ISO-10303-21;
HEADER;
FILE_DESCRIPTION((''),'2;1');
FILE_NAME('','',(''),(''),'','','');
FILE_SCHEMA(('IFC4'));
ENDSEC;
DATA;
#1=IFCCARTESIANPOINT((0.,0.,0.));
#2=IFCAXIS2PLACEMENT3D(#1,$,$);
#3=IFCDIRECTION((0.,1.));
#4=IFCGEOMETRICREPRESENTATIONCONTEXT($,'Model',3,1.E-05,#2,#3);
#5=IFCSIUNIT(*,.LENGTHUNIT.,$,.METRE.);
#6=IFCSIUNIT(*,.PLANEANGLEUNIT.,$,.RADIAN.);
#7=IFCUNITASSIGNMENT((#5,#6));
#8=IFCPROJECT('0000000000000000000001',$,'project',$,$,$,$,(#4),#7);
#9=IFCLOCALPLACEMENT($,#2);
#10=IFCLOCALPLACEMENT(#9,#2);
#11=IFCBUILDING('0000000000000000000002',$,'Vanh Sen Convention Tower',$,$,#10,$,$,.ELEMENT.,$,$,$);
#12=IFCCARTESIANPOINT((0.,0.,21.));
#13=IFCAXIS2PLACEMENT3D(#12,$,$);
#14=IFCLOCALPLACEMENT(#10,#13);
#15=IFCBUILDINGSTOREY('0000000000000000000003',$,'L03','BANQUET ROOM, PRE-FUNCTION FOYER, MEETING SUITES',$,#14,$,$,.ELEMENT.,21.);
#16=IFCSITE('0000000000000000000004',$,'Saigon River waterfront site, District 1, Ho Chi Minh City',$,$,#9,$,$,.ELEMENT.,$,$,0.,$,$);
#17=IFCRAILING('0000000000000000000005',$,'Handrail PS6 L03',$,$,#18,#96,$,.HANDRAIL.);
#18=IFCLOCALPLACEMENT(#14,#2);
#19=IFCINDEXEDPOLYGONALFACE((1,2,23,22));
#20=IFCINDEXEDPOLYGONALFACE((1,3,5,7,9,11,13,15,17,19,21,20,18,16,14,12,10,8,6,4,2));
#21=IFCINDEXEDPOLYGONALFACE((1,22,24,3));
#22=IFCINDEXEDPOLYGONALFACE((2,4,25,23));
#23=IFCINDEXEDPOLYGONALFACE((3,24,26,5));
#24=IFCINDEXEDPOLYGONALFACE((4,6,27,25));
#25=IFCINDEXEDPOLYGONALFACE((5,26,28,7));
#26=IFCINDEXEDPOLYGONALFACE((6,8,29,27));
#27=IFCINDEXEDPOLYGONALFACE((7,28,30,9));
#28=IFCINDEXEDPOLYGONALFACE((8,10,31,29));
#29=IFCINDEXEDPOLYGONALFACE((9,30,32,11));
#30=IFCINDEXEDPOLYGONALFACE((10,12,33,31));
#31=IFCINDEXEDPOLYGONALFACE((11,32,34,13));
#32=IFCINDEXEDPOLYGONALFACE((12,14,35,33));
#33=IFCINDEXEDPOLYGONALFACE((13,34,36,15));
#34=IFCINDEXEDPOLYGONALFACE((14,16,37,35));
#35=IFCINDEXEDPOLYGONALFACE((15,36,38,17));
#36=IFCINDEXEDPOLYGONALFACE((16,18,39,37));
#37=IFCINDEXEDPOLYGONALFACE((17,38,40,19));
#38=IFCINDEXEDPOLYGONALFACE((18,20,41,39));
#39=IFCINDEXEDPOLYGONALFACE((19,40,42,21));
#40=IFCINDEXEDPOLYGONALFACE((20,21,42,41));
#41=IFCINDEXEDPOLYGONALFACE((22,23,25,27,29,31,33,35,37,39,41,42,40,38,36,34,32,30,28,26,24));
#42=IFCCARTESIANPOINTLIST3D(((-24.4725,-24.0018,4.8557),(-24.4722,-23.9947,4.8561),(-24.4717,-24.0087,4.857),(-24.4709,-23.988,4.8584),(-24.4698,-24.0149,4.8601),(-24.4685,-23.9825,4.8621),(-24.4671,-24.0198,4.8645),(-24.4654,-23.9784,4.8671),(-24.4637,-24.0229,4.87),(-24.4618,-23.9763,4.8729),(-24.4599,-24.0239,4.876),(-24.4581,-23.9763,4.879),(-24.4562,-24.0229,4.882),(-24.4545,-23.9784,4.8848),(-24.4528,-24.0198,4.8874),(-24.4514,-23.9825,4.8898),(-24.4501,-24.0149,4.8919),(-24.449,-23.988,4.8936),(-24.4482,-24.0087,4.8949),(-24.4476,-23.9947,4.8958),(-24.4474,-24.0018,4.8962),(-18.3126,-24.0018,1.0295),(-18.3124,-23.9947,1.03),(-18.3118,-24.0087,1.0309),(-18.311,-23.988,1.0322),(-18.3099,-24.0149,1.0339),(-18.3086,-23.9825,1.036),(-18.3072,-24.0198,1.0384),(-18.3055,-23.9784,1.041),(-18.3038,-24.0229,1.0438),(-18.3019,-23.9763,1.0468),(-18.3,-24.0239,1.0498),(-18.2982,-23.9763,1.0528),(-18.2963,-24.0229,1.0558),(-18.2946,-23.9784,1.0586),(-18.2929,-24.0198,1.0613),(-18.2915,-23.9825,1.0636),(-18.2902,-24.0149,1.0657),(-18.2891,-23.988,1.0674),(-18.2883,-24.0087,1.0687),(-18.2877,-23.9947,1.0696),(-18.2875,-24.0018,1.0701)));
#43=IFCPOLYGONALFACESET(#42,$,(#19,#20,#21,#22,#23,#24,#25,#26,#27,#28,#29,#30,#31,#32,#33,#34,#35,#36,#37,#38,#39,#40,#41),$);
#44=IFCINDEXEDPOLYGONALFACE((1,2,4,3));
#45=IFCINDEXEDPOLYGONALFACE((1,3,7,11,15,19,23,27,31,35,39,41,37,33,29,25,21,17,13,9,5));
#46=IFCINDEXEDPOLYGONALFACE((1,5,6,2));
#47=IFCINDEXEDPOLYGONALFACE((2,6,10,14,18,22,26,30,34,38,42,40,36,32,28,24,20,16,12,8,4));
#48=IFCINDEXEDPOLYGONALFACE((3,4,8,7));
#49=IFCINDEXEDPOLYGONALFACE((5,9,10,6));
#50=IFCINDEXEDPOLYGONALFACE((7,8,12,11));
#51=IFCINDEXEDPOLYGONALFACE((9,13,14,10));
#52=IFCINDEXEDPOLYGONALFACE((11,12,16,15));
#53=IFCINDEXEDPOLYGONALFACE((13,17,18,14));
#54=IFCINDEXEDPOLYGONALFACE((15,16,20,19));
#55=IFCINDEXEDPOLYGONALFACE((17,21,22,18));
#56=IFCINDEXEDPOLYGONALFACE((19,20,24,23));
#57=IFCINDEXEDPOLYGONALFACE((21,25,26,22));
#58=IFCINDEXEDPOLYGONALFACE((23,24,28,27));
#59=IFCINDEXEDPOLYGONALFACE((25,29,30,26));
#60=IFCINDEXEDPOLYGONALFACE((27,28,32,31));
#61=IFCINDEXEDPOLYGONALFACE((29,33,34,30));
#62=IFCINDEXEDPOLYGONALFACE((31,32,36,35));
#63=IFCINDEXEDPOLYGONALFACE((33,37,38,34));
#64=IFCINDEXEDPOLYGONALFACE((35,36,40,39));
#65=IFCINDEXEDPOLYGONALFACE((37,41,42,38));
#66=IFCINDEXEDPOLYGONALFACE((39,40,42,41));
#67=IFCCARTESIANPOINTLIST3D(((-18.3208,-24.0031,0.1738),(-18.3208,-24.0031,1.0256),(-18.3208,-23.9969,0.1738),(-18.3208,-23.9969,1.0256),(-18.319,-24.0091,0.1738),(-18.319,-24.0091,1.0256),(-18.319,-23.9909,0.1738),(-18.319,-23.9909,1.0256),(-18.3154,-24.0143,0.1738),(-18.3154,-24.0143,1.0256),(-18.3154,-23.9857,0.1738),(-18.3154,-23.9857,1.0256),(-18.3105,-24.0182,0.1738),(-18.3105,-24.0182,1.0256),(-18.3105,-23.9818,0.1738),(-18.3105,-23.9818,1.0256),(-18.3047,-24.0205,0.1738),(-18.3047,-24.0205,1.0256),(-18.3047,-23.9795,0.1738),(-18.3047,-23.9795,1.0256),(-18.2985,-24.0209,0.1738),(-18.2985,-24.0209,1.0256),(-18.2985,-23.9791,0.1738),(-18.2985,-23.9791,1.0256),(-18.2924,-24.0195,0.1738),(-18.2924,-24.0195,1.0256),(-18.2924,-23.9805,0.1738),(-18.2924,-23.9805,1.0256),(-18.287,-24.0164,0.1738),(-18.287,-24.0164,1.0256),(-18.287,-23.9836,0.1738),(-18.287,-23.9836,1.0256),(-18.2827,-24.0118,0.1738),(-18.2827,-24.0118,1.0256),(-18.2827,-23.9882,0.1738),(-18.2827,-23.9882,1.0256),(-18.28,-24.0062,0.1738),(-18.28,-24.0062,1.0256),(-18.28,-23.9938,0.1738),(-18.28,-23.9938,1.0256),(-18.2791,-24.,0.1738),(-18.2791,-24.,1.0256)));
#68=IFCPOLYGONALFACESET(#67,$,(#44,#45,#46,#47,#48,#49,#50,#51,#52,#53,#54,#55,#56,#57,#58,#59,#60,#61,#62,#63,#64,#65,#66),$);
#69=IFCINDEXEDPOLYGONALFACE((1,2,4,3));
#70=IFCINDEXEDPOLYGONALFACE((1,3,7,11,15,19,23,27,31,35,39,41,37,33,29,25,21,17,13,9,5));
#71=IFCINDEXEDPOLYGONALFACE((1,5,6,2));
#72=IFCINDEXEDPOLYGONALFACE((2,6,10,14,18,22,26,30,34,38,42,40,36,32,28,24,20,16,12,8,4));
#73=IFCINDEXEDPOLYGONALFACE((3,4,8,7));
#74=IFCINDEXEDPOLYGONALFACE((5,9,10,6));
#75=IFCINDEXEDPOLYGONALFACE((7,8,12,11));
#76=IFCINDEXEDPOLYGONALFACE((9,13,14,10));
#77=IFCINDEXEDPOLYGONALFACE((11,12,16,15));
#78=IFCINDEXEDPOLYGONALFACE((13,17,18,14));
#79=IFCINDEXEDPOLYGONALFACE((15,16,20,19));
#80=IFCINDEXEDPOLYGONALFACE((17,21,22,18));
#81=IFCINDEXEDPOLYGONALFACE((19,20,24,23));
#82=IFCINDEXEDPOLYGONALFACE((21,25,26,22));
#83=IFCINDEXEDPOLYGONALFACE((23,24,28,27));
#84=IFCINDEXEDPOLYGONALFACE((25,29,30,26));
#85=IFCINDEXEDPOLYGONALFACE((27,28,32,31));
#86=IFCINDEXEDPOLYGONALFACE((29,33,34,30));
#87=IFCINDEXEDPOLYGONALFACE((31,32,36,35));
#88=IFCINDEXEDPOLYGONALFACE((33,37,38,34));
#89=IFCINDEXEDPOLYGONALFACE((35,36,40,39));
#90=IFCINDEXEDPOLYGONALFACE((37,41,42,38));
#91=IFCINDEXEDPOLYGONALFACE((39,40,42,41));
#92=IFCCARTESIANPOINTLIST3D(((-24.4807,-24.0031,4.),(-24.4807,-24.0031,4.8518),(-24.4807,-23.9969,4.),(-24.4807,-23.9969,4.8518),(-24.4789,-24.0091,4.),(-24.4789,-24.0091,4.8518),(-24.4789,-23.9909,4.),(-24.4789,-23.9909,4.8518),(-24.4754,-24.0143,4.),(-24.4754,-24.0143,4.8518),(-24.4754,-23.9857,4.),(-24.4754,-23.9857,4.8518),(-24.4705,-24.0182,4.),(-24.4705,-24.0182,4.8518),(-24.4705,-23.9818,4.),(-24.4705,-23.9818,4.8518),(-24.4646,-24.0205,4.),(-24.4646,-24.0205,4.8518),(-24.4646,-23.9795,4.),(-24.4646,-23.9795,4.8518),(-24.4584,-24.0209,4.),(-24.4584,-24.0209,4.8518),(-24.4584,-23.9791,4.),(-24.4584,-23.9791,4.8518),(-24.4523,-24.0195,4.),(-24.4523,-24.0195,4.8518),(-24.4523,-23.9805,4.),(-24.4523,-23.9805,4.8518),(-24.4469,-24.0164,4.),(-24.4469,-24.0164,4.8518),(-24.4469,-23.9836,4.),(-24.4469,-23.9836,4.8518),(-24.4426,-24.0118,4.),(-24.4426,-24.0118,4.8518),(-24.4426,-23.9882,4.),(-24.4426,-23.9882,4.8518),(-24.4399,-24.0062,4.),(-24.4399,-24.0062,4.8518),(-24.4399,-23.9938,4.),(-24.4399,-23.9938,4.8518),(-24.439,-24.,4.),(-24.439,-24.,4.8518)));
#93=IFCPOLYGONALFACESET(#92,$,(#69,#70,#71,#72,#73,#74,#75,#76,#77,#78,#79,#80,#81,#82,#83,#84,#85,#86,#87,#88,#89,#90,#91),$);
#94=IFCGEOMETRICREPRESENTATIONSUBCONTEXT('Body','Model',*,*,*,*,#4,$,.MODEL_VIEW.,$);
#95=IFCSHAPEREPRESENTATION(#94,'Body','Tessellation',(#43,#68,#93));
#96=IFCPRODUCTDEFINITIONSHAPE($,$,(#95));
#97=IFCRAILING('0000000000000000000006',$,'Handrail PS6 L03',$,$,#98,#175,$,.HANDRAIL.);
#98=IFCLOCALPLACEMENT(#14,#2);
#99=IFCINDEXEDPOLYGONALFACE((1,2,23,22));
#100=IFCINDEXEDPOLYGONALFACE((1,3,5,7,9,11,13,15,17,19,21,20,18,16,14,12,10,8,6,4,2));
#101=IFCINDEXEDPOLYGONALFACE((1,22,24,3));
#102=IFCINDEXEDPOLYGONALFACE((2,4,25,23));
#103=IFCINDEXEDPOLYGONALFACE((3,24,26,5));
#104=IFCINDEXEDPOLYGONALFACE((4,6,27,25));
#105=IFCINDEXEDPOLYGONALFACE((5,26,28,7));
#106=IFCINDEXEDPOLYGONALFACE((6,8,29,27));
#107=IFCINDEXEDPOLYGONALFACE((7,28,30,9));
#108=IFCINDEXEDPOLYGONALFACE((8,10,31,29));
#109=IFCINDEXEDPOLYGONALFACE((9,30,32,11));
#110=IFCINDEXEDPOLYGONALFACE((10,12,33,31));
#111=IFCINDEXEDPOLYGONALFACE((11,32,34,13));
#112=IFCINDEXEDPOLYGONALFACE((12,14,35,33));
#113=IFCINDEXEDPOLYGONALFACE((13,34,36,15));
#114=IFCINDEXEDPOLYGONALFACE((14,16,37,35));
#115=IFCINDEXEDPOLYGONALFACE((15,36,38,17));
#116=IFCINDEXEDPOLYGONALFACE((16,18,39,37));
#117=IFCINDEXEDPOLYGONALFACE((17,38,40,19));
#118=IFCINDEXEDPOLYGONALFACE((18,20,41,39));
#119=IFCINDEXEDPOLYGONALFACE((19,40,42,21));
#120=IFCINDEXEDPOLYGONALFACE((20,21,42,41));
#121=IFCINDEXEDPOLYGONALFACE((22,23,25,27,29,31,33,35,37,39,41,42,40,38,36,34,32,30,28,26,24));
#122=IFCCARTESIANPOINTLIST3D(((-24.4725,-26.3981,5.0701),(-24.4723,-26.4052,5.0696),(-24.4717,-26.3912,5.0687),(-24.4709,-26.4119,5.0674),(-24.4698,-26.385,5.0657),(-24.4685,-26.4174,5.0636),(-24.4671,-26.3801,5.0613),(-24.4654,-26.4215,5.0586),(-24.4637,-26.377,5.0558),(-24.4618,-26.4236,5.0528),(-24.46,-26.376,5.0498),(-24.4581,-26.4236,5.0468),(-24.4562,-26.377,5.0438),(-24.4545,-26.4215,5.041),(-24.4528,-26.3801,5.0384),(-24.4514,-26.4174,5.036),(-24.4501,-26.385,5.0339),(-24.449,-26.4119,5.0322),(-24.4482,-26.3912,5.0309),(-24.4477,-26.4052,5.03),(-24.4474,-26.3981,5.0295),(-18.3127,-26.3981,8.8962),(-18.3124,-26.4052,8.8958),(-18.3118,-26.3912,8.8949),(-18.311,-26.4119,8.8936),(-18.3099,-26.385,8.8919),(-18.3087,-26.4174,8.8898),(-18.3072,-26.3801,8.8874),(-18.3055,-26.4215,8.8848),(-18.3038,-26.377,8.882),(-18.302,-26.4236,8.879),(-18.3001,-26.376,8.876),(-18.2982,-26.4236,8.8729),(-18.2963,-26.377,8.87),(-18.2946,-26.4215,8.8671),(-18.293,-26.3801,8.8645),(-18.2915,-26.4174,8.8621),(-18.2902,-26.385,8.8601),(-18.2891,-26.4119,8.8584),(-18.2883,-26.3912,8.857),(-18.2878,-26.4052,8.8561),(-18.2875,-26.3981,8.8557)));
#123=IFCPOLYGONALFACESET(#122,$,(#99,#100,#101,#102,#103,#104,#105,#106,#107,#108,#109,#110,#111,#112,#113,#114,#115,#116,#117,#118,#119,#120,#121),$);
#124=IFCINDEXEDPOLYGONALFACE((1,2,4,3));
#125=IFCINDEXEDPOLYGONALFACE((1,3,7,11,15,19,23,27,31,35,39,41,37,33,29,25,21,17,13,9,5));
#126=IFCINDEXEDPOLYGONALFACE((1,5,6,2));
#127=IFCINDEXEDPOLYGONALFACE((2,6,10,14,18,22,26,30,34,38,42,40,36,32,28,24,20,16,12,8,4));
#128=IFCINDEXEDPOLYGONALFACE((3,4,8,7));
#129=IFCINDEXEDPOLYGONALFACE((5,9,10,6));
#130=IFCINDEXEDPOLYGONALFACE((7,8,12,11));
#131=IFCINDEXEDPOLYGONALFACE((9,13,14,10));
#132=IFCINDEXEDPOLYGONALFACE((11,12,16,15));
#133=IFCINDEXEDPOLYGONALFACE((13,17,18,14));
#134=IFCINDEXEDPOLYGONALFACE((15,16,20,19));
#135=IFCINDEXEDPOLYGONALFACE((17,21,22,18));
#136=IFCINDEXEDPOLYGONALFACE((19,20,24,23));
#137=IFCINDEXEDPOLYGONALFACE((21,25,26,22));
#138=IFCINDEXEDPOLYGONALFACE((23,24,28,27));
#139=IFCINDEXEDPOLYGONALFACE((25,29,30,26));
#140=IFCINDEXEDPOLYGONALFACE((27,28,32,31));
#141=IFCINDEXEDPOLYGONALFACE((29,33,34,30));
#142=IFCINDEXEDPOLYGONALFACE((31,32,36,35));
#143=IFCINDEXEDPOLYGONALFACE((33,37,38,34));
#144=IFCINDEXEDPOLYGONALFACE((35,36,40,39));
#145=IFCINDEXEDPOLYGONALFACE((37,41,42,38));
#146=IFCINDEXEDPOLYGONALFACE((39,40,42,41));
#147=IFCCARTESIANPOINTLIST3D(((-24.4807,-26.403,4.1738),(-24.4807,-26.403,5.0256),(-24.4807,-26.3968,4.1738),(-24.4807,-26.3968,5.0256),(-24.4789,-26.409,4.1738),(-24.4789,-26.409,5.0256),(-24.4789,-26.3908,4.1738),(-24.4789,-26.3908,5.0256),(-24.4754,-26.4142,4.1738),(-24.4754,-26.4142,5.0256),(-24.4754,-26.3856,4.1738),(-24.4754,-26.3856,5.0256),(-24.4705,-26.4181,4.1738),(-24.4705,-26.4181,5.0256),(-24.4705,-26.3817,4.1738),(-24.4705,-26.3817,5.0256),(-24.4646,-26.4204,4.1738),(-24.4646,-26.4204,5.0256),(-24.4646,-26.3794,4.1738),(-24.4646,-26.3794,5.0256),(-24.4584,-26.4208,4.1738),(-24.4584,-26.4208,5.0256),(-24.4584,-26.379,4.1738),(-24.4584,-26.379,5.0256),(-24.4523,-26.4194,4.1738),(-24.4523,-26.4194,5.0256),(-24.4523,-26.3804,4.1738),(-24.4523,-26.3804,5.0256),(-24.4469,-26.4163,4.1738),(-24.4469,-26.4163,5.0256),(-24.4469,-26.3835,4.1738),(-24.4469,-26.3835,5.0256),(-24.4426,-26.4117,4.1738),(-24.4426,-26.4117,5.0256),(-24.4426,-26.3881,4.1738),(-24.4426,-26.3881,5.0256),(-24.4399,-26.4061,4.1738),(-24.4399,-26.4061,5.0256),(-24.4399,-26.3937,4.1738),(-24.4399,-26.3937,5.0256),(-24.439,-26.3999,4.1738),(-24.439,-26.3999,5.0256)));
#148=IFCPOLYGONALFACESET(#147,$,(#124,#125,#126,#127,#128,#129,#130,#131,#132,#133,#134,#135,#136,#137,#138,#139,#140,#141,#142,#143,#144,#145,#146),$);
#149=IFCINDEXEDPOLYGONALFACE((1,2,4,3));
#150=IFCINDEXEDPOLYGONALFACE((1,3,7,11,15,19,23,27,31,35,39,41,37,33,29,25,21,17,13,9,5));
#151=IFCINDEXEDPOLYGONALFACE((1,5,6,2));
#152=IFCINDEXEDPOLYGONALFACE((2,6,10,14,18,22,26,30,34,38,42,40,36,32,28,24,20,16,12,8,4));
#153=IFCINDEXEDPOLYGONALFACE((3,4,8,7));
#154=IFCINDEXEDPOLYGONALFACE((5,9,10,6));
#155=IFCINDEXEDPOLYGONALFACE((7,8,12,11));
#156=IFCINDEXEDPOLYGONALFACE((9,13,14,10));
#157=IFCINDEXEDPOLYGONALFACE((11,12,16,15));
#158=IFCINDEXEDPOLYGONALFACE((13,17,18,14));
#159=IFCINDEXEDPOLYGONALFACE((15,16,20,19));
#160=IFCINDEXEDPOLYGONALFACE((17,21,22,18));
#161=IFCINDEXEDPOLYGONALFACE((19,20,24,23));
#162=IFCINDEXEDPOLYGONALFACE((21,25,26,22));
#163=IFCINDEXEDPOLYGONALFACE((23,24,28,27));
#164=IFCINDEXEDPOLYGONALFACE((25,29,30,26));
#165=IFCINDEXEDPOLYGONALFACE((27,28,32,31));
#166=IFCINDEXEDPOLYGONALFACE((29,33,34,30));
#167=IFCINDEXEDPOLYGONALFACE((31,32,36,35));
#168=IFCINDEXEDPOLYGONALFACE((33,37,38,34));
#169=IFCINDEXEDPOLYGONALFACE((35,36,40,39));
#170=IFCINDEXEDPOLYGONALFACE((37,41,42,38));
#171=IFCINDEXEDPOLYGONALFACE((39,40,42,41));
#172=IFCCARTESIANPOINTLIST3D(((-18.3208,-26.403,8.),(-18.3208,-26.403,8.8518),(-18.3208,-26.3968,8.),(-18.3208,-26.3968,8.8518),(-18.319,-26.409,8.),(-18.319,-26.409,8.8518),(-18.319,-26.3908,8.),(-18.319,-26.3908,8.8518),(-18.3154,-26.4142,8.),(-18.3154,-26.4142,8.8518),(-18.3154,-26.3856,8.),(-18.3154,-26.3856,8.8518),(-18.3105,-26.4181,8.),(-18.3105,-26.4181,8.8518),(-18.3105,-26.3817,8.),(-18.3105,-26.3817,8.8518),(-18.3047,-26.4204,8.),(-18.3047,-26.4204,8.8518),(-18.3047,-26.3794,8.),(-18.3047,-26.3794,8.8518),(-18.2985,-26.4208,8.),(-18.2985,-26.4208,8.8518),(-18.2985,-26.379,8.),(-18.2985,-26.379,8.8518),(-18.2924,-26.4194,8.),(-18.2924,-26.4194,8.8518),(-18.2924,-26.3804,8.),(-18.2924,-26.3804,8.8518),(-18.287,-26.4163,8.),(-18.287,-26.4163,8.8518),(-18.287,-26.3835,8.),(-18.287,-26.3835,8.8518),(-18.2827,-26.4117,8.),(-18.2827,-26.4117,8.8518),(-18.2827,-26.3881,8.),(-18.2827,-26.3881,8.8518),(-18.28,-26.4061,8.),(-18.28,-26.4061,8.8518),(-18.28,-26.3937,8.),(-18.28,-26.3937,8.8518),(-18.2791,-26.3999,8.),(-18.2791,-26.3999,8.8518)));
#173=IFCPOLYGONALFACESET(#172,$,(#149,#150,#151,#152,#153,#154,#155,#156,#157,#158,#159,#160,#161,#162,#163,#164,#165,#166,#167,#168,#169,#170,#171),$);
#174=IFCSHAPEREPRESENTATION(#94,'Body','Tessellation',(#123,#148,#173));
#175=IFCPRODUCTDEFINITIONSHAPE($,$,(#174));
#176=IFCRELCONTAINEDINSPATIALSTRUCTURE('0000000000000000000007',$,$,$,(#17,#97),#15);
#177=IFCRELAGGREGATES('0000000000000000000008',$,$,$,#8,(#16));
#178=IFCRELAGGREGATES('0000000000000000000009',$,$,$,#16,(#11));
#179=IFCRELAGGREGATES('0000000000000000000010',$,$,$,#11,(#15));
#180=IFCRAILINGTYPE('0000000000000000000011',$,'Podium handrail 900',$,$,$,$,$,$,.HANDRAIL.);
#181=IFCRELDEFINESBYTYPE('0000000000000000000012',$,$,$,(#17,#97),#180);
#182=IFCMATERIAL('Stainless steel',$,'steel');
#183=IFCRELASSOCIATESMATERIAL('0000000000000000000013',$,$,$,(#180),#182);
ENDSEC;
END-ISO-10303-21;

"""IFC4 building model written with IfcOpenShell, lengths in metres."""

from ifc_helpers import new_model, si_unit, direction, frame, origin, origin_2d, place, context, subcontext, project, spatial, circle, extrude, material, type_object, element, save


model = new_model("IFC4")

# Units and contexts
model_context = context("Model", 3, precision=1e-05, world=origin(), true_north=direction((0.0, 1.0)))
body_context = subcontext(model_context, "Body", "Model", "MODEL_VIEW")
ifc_project = project(units=[si_unit("LENGTHUNIT", "METRE"), si_unit("PLANEANGLEUNIT", "RADIAN")], contexts=[model_context])

# Site, building, storey
site_placement = place(None, origin())
site = spatial("IfcSite", under=ifc_project, at=site_placement, Name="Saigon River waterfront site, District 1, Ho Chi Minh City", CompositionType="ELEMENT", RefElevation=0.0)
building_placement = place(site_placement, origin())
building = spatial("IfcBuilding", under=site, at=building_placement, Name="Vanh Sen Convention Tower", CompositionType="ELEMENT")
storey_placement = place(building_placement, frame((0.0, 0.0, 21.0)))
storey = spatial("IfcBuildingStorey", under=building, at=storey_placement, Name="L03", Description="BANQUET ROOM, PRE-FUNCTION FOYER, MEETING SUITES", CompositionType="ELEMENT", Elevation=21.0)

# Railings
ifc_material_1 = material(Name="Stainless steel", Category="steel")
railing_type = type_object("IfcRailingType", Name="Podium handrail 900", PredefinedType="HANDRAIL", material=ifc_material_1)
for number, where, name in (
    (1, (-18.3, -24.0, 0.1738), "Handrail PS6 L03"),
):
    element("IfcRailing", number, at=place(storey_placement, frame(where)), inside=storey, type_object=railing_type, Name=name, PredefinedType="HANDRAIL", context=body_context, shape_type="SweptSolid", body=[
        extrude(circle(Radius=0.0239, at=origin_2d()), frame((0.0, 0.0, 0.876), z_axis=(-0.849468, 0.0, 0.527639), x_axis=(0.0, -1.0, 0.0)), (0.0, 0.0, 1.0), 7.2515),
        extrude(circle(Radius=0.021, at=origin_2d()), origin(), (0.0, 0.0, 1.0), 0.8518),
        extrude(circle(Radius=0.021, at=origin_2d()), frame((-6.1599, 0.0, 3.8262)), (0.0, 0.0, 1.0), 0.8518),
    ])
for number, where, name in (
    (2, (-24.46, -26.3999, 4.1738), "Handrail PS6 L03"),
):
    element("IfcRailing", number, at=place(storey_placement, frame(where)), inside=storey, type_object=railing_type, Name=name, PredefinedType="HANDRAIL", context=body_context, shape_type="SweptSolid", body=[
        extrude(circle(Radius=0.0239, at=origin_2d()), frame((0.0, 0.0, 0.876), z_axis=(0.849468, 0.0, 0.527639), x_axis=(0.0, 1.0, 0.0)), (0.0, 0.0, 1.0), 7.2515),
        extrude(circle(Radius=0.021, at=origin_2d()), origin(), (0.0, 0.0, 1.0), 0.8518),
        extrude(circle(Radius=0.021, at=origin_2d()), frame((6.1599, 0.0, 3.8262)), (0.0, 0.0, 1.0), 0.8518),
    ])

save(model, "model.ifc")
